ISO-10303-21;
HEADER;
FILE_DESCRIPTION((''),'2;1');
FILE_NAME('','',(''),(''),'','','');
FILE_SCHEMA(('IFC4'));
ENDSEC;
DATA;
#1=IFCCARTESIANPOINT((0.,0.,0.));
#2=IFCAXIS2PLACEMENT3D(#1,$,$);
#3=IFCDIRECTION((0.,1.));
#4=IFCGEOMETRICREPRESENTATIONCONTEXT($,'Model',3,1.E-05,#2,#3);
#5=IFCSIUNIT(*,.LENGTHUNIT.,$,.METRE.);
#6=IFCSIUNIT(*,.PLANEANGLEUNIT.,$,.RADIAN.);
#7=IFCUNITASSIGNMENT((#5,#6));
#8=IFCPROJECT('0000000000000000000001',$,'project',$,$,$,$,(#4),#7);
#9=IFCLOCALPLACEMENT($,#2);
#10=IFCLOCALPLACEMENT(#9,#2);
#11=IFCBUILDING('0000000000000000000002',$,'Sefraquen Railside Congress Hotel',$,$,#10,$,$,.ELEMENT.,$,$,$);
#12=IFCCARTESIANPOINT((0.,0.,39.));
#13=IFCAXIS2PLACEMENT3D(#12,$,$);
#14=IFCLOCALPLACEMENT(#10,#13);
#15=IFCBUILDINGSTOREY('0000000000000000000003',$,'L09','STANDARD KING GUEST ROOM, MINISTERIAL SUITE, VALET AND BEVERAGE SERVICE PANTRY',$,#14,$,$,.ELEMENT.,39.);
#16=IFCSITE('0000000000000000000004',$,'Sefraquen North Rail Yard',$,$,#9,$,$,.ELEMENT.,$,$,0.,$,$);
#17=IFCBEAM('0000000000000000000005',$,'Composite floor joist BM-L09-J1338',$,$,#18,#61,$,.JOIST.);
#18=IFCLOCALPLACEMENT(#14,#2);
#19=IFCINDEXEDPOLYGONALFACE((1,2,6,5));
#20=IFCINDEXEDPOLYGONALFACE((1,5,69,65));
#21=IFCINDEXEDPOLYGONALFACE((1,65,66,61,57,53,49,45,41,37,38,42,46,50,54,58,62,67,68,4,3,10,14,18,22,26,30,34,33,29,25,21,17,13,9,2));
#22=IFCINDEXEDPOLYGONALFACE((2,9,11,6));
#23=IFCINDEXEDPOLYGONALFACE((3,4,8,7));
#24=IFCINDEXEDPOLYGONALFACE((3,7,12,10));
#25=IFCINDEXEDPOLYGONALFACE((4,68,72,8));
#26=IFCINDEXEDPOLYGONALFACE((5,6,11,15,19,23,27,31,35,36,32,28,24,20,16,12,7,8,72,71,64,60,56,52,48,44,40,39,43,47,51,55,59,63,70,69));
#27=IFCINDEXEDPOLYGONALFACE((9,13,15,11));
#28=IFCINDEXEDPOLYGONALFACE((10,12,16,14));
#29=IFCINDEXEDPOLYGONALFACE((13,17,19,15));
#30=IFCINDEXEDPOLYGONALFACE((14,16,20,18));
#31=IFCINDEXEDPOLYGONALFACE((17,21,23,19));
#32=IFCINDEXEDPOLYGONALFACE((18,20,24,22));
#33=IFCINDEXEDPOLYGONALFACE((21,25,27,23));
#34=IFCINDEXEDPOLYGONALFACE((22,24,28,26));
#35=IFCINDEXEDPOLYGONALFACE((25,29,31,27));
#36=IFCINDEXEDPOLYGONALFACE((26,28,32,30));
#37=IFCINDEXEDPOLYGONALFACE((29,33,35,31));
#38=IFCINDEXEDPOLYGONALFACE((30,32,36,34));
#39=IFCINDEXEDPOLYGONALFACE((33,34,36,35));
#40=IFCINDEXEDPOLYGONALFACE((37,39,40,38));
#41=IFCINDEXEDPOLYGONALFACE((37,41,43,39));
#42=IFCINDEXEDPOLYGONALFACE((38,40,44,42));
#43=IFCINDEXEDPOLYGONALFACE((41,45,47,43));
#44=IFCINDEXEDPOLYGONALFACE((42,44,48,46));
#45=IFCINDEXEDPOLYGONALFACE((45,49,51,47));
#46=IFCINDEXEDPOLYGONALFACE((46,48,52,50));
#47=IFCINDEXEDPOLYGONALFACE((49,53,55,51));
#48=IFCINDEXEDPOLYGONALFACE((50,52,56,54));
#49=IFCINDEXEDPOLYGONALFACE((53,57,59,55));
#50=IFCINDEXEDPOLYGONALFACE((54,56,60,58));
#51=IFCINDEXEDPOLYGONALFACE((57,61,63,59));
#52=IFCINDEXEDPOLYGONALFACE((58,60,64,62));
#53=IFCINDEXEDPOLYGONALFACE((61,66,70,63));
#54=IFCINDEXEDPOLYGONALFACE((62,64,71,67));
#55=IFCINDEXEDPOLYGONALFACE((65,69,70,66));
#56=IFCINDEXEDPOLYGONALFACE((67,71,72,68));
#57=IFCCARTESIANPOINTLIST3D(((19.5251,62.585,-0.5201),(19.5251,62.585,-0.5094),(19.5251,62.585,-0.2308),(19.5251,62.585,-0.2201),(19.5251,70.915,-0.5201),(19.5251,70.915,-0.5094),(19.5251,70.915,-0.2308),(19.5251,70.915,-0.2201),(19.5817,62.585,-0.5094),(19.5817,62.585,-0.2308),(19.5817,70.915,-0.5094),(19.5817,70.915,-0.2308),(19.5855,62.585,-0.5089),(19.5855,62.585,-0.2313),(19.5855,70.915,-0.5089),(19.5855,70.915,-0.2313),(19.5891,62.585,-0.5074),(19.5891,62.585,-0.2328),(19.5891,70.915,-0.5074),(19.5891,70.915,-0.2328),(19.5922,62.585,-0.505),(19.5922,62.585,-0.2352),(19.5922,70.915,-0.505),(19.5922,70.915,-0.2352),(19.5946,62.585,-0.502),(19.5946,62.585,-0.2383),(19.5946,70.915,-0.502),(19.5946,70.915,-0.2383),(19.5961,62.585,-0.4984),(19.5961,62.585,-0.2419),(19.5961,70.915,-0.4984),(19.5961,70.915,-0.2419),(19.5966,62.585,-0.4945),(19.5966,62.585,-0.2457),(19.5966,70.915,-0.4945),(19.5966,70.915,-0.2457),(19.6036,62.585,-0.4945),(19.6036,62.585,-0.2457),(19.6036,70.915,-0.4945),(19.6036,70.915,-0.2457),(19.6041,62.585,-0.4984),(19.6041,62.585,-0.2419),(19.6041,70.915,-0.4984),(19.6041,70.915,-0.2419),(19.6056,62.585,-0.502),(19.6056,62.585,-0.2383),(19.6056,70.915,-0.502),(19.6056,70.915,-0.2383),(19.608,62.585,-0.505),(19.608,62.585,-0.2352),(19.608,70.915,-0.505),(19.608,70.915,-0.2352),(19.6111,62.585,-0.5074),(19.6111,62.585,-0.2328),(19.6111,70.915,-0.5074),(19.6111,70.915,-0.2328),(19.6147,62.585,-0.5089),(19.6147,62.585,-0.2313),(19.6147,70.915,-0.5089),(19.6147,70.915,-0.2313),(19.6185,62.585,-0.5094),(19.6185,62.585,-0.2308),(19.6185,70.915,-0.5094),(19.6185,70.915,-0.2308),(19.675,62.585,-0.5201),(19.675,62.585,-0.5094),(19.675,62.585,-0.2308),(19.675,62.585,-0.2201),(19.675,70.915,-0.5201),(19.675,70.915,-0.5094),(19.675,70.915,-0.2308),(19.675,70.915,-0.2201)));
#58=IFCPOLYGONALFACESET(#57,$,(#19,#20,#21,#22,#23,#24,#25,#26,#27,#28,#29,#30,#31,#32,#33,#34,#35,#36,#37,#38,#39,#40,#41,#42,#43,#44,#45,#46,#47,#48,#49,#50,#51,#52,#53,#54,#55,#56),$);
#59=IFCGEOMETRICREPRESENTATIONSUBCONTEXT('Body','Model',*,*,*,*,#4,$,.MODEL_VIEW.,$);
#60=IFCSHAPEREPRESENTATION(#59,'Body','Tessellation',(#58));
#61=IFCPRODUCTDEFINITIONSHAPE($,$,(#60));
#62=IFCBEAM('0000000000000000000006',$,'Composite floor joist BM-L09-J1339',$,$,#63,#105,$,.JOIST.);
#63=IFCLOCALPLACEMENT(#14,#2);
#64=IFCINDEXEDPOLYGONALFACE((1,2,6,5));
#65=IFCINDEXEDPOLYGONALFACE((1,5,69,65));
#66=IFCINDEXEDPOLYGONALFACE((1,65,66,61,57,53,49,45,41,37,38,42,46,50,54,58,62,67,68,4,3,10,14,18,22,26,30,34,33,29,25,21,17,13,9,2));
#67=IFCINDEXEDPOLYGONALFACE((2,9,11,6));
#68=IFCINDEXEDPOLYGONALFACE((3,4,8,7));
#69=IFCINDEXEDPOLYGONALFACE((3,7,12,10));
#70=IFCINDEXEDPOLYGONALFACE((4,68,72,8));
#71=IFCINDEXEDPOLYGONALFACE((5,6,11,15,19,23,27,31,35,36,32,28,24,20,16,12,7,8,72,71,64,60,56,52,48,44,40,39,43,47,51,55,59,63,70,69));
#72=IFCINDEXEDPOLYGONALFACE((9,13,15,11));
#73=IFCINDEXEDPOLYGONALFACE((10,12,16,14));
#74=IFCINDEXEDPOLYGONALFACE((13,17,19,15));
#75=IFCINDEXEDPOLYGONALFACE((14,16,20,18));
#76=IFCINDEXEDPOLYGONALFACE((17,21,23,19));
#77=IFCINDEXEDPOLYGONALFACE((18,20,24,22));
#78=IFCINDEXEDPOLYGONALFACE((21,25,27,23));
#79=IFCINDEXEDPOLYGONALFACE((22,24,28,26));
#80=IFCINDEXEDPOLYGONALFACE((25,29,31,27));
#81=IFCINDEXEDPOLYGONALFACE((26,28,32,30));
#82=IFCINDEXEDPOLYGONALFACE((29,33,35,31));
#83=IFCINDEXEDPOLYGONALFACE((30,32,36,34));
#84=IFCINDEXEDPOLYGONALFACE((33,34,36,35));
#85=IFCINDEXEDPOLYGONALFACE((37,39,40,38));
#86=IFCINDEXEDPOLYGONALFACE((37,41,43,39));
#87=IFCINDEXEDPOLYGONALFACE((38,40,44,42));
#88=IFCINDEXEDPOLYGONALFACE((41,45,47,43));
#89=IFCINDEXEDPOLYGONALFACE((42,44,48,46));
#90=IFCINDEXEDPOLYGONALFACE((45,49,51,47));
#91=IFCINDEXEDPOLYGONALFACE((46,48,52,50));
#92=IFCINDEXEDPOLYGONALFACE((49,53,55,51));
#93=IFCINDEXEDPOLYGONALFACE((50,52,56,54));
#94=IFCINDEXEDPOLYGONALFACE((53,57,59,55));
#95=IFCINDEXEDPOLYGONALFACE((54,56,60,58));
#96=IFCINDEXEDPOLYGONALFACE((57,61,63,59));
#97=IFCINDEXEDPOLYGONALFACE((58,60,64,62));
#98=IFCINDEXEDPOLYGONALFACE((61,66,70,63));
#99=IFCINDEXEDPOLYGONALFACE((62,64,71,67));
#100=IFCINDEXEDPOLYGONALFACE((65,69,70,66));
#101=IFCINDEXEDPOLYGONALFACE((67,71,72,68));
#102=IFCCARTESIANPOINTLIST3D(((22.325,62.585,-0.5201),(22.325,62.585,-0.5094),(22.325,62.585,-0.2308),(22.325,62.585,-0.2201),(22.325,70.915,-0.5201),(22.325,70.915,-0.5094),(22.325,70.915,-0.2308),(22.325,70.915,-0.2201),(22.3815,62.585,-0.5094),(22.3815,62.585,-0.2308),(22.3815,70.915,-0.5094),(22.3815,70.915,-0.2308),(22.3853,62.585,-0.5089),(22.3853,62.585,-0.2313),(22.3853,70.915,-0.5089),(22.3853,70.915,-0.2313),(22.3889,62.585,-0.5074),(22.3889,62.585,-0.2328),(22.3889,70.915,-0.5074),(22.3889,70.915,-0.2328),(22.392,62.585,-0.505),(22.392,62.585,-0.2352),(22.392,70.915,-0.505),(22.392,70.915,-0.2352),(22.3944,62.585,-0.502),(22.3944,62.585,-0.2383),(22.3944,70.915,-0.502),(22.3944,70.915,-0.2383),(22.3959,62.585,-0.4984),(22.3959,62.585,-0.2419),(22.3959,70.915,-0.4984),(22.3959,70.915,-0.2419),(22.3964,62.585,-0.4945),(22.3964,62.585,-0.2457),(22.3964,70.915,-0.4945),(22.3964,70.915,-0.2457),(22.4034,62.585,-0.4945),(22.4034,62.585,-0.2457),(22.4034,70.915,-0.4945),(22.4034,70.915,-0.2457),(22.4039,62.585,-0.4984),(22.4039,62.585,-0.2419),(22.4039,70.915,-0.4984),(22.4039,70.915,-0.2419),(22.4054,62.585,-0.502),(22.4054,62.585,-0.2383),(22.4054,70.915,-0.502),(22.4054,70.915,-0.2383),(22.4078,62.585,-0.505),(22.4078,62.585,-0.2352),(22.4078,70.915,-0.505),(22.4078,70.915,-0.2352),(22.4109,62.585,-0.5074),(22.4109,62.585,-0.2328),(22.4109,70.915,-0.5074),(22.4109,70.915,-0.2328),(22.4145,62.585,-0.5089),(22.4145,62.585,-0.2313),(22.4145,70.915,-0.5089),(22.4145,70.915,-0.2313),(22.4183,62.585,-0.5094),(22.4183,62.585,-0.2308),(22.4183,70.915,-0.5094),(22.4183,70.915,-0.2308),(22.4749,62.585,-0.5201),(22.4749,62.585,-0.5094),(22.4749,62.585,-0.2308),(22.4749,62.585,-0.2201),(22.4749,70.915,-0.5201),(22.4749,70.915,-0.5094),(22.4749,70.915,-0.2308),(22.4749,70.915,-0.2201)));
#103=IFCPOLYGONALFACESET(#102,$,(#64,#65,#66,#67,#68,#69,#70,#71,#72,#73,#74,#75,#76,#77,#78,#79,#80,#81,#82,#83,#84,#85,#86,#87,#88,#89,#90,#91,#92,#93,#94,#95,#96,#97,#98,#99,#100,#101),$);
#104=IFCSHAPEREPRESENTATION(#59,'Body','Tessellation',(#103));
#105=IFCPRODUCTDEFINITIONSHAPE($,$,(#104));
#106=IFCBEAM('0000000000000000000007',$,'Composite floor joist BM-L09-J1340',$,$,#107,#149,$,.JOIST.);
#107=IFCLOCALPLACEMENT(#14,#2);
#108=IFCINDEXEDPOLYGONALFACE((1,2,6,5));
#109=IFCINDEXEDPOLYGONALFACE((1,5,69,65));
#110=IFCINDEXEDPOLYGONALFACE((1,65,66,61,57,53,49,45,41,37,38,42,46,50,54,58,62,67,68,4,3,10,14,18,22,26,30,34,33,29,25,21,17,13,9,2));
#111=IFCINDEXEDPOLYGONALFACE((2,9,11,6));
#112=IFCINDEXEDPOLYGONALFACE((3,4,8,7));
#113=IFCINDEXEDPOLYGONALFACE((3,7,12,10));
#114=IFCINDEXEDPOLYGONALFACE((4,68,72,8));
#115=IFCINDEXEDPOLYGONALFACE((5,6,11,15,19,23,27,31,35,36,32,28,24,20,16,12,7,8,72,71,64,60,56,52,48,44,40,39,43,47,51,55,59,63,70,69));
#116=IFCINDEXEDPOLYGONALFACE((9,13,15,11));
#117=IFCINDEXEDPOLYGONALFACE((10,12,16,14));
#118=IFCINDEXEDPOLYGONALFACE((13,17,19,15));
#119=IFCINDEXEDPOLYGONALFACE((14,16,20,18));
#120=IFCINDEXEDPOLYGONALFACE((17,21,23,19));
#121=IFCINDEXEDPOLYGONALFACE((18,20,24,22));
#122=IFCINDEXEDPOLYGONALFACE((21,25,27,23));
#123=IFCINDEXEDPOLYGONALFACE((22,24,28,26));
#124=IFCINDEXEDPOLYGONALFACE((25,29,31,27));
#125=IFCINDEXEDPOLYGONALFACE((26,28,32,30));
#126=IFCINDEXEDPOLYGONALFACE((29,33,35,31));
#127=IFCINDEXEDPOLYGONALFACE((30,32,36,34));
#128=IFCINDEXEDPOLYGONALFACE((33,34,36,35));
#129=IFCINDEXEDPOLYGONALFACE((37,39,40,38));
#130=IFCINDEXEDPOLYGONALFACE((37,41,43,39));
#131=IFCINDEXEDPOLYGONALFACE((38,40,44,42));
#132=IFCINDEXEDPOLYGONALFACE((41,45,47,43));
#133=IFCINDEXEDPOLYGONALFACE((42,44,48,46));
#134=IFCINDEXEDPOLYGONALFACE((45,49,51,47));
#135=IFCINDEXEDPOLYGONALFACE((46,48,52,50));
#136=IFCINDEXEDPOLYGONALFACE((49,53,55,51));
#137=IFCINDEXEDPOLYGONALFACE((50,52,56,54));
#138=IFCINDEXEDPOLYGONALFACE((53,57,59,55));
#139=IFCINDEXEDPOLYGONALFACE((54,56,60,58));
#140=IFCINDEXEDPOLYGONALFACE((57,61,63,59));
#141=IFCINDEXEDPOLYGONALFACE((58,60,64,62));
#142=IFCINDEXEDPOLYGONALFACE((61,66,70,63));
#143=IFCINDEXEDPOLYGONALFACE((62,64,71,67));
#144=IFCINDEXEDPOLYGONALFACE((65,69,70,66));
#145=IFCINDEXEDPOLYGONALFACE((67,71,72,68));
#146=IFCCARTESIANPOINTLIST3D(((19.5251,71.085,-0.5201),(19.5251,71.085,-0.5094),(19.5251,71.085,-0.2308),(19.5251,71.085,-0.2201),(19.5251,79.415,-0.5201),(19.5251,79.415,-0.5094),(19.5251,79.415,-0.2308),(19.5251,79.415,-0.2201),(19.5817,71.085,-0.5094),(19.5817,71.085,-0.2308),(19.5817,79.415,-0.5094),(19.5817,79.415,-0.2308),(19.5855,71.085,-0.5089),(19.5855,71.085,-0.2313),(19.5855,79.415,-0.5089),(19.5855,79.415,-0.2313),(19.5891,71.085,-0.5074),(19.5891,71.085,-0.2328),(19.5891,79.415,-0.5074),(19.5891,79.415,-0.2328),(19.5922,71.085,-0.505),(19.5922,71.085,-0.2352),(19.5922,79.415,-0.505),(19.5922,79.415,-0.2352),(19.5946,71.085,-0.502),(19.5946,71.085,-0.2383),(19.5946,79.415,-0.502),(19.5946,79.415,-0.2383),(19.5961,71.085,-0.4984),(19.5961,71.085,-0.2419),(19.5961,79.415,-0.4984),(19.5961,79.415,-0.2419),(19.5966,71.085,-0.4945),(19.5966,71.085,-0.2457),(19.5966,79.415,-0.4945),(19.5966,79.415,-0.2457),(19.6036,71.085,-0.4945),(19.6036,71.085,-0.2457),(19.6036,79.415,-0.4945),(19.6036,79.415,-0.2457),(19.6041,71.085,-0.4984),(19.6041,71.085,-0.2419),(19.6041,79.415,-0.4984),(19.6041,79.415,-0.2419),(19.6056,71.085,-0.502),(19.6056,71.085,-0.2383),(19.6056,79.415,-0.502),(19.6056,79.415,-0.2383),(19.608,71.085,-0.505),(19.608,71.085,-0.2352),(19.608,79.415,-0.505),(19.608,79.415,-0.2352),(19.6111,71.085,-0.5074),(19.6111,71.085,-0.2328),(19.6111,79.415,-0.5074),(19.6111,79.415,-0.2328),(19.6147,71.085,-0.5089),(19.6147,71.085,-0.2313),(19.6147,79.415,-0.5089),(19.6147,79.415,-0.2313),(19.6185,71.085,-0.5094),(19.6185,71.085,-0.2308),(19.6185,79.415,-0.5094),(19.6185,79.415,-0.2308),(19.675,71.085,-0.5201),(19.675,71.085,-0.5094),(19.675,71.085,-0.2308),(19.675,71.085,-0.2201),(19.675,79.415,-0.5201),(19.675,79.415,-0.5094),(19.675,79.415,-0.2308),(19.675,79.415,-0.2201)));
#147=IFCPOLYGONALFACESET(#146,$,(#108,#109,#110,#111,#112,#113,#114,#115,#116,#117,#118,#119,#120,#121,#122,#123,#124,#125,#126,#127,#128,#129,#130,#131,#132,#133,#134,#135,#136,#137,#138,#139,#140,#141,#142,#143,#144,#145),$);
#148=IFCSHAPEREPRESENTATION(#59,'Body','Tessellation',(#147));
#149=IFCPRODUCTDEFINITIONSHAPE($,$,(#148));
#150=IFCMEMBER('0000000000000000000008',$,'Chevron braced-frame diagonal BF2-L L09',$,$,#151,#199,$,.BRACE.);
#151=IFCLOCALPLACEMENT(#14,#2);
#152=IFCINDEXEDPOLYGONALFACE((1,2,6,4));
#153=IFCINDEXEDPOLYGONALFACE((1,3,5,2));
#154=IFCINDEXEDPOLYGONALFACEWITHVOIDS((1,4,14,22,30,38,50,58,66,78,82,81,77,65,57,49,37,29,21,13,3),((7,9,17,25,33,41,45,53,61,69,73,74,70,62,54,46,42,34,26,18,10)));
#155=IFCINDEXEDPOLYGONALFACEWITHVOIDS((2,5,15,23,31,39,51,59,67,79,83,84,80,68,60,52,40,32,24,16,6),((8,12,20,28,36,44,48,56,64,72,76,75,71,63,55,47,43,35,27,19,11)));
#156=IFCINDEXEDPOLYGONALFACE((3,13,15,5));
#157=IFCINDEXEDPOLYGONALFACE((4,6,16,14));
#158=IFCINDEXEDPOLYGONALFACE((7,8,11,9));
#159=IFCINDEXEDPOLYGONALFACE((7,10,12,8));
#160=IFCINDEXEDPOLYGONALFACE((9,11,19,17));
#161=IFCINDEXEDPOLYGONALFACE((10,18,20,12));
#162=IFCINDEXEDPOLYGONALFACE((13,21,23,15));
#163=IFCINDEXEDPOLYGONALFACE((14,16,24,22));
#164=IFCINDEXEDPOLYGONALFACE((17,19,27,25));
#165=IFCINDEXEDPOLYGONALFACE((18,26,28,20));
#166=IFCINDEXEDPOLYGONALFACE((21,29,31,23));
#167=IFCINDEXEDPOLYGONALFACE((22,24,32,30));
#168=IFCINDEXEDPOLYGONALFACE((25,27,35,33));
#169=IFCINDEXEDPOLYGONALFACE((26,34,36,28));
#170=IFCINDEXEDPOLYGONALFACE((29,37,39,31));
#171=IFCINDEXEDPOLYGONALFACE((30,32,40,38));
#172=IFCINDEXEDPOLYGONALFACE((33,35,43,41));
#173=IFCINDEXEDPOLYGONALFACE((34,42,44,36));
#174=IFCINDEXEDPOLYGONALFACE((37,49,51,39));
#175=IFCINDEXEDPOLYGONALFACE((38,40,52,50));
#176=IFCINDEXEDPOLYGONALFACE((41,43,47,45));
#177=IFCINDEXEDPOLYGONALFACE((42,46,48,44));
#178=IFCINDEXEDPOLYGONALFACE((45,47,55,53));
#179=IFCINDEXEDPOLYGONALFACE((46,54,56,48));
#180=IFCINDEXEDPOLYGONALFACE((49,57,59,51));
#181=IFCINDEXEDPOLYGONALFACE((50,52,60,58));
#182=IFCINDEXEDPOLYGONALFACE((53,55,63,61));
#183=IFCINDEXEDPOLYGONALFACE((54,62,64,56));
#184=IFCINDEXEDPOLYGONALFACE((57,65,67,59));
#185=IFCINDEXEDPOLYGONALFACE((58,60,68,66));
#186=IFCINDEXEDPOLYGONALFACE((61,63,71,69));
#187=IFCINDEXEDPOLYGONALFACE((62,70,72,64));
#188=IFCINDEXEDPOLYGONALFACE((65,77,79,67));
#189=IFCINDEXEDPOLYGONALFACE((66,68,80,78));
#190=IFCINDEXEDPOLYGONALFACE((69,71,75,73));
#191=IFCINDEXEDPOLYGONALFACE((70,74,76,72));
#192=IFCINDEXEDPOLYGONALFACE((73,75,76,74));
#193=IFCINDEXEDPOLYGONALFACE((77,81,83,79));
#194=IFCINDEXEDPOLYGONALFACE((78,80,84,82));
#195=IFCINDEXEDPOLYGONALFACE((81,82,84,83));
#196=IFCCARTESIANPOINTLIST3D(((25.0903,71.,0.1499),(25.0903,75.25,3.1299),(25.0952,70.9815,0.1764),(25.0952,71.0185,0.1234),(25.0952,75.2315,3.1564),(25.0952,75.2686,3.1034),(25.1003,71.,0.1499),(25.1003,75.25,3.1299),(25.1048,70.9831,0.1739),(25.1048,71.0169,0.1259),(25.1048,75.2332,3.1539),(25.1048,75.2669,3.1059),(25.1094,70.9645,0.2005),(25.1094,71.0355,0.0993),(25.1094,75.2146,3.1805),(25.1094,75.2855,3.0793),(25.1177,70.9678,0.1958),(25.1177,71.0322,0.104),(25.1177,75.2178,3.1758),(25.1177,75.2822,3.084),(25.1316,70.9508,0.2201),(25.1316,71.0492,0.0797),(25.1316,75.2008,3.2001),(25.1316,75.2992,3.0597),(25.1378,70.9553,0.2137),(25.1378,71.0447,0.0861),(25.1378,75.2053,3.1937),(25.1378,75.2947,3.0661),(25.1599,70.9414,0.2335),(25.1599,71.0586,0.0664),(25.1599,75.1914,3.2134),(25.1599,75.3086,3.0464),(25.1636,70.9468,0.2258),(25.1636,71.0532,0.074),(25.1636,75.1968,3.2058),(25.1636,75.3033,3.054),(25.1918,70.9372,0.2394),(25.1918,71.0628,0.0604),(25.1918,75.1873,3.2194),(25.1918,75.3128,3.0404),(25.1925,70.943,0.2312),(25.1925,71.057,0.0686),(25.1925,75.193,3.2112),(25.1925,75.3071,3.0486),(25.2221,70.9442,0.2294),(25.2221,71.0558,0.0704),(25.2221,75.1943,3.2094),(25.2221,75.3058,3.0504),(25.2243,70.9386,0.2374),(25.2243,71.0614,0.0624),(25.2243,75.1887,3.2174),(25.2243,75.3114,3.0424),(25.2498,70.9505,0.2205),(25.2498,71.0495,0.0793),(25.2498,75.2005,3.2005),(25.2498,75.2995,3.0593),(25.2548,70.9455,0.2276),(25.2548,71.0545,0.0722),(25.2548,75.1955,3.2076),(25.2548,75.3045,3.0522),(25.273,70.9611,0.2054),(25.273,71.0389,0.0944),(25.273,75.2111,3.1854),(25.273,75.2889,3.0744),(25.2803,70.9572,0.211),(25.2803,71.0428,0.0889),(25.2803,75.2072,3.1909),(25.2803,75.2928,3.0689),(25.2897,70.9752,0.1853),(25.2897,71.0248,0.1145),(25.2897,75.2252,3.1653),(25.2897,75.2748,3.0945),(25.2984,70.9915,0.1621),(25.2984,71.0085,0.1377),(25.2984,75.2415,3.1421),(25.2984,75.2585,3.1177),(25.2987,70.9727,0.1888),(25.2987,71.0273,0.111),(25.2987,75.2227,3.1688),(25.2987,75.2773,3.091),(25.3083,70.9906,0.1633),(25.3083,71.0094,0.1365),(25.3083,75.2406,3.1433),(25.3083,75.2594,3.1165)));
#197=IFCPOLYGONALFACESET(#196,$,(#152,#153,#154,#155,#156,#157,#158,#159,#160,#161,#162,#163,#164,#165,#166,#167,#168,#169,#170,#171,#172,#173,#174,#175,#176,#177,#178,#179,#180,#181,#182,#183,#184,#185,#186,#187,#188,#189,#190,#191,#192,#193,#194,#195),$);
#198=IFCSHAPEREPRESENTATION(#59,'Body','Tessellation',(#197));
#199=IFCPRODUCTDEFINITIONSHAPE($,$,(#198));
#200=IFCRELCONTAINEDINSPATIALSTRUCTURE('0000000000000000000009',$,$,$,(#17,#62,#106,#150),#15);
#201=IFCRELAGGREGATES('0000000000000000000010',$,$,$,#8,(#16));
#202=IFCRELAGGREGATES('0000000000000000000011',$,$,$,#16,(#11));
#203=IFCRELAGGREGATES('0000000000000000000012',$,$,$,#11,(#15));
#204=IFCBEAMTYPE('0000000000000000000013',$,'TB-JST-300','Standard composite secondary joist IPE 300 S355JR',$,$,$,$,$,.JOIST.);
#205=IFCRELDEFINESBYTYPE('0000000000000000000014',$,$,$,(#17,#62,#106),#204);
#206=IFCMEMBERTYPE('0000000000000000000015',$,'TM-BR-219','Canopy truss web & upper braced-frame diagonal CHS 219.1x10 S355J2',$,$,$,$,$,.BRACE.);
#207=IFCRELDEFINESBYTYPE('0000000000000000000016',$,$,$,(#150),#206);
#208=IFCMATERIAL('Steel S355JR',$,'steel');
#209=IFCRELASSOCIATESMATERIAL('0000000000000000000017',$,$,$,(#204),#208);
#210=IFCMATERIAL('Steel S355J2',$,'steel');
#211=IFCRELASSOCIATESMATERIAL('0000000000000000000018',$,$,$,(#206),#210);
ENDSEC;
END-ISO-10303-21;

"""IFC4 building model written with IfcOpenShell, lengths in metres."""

from ifc_helpers import new_model, si_unit, direction, frame, origin, origin_2d, place, context, subcontext, project, spatial, hollow_circle, i_section, extrude, material, material_profile, profile_set, type_object, element, save


model = new_model("IFC4")

# Units and contexts
model_context = context("Model", 3, precision=1e-05, world=origin(), true_north=direction((0.0, 1.0)))
body_context = subcontext(model_context, "Body", "Model", "MODEL_VIEW")
ifc_project = project(units=[si_unit("LENGTHUNIT", "METRE"), si_unit("PLANEANGLEUNIT", "RADIAN")], contexts=[model_context])

# Site, building, storey
site_placement = place(None, origin())
site = spatial("IfcSite", under=ifc_project, at=site_placement, Name="Sefraquen North Rail Yard", CompositionType="ELEMENT", RefElevation=0.0)
building_placement = place(site_placement, origin())
building = spatial("IfcBuilding", under=site, at=building_placement, Name="Sefraquen Railside Congress Hotel", CompositionType="ELEMENT")
storey_placement = place(building_placement, frame((0.0, 0.0, 39.0)))
storey = spatial("IfcBuildingStorey", under=building, at=storey_placement, Name="L09", Description="STANDARD KING GUEST ROOM, MINISTERIAL SUITE, VALET AND BEVERAGE SERVICE PANTRY", CompositionType="ELEMENT", Elevation=39.0)

# Shared definitions
ifc_material_1 = material(Name="Steel S355JR", Category="steel")

# Beams
ifc_material_profile_1 = material_profile(ifc_material_1, i_section(OverallWidth=0.1499, OverallDepth=0.3, WebThickness=0.0071, FlangeThickness=0.0107, FilletRadius=0.0149, at=origin_2d()), Name="IPE 300")
ifc_profile_set_1 = profile_set([ifc_material_profile_1], Name="Steel S355JR")
beam_type_1 = type_object("IfcBeamType", Name="TB-JST-300", Description="Standard composite secondary joist IPE 300 S355JR", PredefinedType="JOIST", material=ifc_profile_set_1)
for number, where, z_axis, x_axis, name in (
    (1, (19.6001, 62.585, -0.3701), (0.0, 1.0, 0.0), (-1.0, 0.0, 0.0), "Composite floor joist BM-L09-J1338"),
    (2, (22.3999, 62.585, -0.3701), (0.0, 1.0, 0.0), (-1.0, 0.0, 0.0), "Composite floor joist BM-L09-J1339"),
    (3, (19.6001, 71.085, -0.3701), (0.0, 1.0, 0.0), (-1.0, 0.0, 0.0), "Composite floor joist BM-L09-J1340"),
):
    element("IfcBeam", number, at=place(storey_placement, frame(where, z_axis=z_axis, x_axis=x_axis)), inside=storey, type_object=beam_type_1, Name=name, PredefinedType="JOIST", context=body_context, shape_type="SweptSolid", body=[
        extrude(i_section(OverallWidth=0.1499, OverallDepth=0.3, WebThickness=0.0071, FlangeThickness=0.0107, FilletRadius=0.0149, at=origin_2d()), origin(), (0.0, 0.0, 1.0), 8.3301),
    ])

# Member
ifc_material_2 = material(Name="Steel S355J2", Category="steel")
ifc_material_profile_2 = material_profile(ifc_material_2, hollow_circle(Radius=0.1096, WallThickness=0.01, at=origin_2d()), Name="CHS 219.1x10")
ifc_profile_set_2 = profile_set([ifc_material_profile_2], Name="Steel S355J2")
member_type_1 = type_object("IfcMemberType", Name="TM-BR-219", Description="Canopy truss web & upper braced-frame diagonal CHS 219.1x10 S355J2", PredefinedType="BRACE", material=ifc_profile_set_2)
member_1_placement = place(storey_placement, frame((25.2, 71.0, 0.1499), z_axis=(0.0, 0.818781, 0.574106), x_axis=(-1.0, 0.0, 0.0)))
element("IfcMember", 4, at=member_1_placement, inside=storey, type_object=member_type_1, Name="Chevron braced-frame diagonal BF2-L L09", PredefinedType="BRACE", context=body_context, shape_type="SweptSolid", body=[
    extrude(hollow_circle(Radius=0.1096, WallThickness=0.01, at=origin_2d()), origin(), (0.0, 0.0, 1.0), 5.1907),
])

save(model, "model.ifc")
